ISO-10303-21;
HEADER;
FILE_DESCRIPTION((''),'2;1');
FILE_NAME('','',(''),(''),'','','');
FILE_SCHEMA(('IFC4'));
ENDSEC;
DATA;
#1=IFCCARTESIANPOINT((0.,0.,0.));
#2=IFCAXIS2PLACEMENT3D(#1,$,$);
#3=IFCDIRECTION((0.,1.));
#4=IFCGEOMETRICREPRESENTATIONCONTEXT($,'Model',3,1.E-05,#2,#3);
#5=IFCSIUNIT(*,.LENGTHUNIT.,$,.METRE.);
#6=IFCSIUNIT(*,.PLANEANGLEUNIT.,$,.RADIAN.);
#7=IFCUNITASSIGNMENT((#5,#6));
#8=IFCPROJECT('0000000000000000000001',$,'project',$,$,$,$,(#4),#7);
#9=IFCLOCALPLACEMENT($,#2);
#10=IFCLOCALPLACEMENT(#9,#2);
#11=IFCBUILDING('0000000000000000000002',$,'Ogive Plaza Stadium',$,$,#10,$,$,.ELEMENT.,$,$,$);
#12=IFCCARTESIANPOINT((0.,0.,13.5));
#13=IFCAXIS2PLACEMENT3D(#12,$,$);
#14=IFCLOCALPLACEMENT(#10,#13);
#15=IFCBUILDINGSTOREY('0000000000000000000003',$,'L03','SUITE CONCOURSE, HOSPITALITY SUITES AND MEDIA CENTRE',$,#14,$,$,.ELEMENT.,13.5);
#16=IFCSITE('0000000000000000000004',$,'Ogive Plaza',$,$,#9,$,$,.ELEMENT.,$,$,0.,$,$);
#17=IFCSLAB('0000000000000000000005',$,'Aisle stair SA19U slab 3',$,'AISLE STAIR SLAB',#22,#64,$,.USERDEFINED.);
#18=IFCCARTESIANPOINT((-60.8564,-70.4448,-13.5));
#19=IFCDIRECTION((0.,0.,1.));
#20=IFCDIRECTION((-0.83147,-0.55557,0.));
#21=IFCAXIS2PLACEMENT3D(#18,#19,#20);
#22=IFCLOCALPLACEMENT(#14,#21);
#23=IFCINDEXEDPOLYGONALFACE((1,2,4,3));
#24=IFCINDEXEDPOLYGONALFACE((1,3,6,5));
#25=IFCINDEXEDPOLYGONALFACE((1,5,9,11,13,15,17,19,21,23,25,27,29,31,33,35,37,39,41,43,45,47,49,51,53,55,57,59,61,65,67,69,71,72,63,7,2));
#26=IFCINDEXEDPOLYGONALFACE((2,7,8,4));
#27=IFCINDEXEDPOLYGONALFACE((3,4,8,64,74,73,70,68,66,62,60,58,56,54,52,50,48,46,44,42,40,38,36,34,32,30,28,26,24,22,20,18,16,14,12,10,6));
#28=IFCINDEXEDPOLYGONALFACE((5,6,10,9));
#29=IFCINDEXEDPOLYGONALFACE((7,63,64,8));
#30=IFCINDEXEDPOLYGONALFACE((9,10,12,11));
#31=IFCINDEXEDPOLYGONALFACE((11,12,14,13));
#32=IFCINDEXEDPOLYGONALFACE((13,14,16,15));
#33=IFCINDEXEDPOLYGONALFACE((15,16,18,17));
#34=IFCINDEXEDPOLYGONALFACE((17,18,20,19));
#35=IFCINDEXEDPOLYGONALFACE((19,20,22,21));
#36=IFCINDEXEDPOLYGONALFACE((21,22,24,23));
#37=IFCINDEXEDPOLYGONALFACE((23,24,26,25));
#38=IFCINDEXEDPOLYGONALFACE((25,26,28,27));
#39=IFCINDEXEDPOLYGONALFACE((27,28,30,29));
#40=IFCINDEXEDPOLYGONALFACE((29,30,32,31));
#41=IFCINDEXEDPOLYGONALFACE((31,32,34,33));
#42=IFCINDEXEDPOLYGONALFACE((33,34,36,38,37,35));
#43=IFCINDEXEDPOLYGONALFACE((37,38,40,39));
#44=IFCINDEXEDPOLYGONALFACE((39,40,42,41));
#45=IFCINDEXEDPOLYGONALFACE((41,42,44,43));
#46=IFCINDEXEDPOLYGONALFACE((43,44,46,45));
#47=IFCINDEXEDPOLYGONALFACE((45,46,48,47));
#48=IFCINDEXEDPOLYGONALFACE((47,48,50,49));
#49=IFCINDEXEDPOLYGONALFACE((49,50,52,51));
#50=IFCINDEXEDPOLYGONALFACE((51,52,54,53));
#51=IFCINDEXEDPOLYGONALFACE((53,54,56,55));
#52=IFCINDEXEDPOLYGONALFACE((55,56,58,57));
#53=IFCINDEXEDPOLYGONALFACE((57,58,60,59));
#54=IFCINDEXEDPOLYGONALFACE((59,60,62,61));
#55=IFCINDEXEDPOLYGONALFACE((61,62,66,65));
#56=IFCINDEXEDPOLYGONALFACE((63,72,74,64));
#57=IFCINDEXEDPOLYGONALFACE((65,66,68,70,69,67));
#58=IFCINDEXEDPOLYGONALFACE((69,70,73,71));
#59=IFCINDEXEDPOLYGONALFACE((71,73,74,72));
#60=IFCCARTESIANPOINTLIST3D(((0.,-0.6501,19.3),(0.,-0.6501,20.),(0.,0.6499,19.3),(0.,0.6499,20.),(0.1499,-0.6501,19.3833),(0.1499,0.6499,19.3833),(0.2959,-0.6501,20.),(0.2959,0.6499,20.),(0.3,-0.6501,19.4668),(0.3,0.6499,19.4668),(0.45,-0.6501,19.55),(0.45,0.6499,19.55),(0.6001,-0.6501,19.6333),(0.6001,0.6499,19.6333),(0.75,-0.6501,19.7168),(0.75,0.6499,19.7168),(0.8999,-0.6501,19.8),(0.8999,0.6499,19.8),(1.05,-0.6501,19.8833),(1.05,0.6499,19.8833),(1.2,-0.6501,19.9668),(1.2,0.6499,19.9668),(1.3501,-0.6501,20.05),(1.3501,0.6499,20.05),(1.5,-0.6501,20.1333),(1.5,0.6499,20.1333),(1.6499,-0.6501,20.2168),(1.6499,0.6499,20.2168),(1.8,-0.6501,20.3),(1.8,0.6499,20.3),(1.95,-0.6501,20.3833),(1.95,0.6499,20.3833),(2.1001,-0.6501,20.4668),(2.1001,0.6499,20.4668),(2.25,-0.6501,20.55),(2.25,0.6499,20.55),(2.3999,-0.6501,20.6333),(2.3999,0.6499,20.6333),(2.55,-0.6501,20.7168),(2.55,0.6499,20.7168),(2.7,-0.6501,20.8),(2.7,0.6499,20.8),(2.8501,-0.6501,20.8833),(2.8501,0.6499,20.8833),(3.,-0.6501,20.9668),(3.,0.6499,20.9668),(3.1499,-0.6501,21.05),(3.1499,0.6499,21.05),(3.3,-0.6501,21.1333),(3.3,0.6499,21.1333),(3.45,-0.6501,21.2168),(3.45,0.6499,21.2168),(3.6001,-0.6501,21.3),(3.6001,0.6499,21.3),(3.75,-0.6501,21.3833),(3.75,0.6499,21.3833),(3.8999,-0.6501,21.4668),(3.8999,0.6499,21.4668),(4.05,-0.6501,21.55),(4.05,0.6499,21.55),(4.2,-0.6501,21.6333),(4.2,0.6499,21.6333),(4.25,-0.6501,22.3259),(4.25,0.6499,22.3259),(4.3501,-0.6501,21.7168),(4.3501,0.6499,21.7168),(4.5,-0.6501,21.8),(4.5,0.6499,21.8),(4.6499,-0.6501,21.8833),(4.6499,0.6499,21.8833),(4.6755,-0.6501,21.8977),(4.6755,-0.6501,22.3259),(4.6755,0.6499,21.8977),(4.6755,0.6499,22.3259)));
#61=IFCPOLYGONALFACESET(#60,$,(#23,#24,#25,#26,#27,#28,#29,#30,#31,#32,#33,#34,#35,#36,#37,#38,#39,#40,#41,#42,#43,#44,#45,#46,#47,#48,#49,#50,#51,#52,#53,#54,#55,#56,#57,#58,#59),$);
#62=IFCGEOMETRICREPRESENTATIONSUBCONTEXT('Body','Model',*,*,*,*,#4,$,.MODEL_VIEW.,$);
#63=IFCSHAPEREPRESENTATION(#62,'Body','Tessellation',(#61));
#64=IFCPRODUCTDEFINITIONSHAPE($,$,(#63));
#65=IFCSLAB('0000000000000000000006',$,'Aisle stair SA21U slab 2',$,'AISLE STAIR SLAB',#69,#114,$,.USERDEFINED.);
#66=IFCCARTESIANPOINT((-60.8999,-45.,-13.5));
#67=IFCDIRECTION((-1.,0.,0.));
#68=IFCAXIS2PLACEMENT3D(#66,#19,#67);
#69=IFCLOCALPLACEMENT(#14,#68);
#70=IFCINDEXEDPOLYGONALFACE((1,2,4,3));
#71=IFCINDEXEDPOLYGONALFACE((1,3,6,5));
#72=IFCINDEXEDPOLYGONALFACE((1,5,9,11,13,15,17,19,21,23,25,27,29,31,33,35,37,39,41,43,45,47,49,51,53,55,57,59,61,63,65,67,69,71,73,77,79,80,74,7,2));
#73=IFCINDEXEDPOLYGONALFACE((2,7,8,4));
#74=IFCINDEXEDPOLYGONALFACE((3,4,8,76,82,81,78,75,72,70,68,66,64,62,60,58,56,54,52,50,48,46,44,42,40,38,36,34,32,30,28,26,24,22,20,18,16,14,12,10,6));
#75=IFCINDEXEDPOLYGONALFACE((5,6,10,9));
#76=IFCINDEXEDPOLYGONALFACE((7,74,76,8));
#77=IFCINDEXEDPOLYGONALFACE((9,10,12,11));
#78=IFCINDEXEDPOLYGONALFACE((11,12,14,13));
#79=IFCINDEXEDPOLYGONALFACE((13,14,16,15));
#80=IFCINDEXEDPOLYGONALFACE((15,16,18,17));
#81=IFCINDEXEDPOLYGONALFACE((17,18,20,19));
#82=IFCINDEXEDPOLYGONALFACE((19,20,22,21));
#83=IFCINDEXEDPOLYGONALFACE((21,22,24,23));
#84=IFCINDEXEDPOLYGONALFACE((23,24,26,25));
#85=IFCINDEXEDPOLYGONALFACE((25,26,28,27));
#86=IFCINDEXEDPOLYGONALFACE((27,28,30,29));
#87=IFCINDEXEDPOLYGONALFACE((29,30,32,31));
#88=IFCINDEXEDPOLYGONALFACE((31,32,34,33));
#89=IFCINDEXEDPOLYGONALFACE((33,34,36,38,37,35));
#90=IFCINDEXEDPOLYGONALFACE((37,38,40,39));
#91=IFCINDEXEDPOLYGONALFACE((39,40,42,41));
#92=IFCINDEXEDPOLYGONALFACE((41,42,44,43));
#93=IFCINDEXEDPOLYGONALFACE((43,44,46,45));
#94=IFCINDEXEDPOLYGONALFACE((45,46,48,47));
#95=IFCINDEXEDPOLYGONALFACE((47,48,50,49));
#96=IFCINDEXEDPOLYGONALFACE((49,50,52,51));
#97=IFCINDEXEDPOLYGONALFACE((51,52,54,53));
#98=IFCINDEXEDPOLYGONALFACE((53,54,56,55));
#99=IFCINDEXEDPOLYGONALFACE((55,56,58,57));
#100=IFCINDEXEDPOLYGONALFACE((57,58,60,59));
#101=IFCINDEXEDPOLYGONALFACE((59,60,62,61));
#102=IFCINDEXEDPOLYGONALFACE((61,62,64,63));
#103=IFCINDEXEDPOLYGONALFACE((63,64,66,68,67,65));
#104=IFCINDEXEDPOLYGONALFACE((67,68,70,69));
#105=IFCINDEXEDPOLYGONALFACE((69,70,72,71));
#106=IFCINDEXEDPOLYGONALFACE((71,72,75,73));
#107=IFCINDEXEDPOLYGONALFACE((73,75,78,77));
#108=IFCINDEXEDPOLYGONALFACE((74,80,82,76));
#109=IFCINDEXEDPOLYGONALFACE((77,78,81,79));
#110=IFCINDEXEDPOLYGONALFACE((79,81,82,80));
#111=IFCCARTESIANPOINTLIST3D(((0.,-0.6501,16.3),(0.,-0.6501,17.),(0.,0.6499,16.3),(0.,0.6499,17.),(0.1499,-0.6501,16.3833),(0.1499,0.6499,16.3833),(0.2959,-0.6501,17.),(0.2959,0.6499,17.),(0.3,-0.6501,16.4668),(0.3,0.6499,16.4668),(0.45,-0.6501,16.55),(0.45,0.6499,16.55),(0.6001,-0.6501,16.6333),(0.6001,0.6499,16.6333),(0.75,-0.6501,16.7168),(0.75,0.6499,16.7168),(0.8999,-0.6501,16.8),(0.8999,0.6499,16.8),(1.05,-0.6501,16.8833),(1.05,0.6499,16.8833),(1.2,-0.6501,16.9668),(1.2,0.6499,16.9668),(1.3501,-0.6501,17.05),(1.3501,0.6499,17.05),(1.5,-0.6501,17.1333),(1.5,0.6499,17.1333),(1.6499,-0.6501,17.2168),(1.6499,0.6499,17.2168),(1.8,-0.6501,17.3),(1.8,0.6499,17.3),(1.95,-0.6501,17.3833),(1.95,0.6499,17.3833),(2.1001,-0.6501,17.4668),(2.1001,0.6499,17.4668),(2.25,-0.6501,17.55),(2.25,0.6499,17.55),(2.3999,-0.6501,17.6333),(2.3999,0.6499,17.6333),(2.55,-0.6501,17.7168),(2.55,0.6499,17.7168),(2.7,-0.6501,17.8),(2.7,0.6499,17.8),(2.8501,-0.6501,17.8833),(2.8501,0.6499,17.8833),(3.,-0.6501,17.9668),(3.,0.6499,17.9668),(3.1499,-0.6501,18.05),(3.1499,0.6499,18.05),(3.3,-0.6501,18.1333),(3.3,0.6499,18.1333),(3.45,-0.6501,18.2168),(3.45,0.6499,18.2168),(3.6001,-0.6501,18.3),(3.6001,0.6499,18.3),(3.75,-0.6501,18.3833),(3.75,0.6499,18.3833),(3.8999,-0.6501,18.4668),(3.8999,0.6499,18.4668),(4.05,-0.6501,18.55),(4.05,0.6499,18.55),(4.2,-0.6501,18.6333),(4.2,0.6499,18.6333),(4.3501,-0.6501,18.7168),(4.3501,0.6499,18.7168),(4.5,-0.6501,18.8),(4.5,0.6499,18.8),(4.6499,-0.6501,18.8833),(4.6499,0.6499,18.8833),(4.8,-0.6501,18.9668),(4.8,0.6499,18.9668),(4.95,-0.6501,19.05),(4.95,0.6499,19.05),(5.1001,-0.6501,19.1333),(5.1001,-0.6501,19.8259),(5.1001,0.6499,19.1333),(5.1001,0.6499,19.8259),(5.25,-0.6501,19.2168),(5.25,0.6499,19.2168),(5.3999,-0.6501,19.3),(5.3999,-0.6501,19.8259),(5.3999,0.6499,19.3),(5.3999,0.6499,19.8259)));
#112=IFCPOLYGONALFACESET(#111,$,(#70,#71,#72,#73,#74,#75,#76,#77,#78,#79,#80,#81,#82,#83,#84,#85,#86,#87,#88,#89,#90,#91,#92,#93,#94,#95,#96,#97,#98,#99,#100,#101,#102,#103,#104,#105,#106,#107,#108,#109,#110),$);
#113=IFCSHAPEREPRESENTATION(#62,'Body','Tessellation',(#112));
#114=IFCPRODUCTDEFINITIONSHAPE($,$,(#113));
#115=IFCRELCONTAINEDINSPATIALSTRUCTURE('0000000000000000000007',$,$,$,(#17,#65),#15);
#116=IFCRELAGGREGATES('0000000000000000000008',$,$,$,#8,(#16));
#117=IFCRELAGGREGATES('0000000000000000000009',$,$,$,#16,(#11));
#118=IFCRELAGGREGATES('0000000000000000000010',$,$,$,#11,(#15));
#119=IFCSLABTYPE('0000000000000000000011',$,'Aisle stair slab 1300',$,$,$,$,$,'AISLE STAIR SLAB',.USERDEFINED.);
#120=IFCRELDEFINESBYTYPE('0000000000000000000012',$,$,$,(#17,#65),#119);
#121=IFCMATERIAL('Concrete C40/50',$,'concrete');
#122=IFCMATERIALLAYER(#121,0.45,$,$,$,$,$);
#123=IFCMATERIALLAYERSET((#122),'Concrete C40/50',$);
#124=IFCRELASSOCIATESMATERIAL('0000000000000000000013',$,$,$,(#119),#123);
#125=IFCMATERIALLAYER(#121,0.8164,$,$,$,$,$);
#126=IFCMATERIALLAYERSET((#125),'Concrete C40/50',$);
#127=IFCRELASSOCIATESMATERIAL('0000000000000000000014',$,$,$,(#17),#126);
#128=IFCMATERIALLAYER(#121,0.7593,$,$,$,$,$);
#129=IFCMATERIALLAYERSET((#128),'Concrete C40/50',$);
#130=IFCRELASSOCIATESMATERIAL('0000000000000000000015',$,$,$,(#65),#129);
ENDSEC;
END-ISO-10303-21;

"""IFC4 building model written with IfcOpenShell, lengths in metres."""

from ifc_helpers import new_model, si_unit, direction, frame, origin, place, context, subcontext, project, spatial, polyline, outline, extrude, material, layer, layer_set, type_object, element, save


model = new_model("IFC4")

# Units and contexts
model_context = context("Model", 3, precision=1e-05, world=origin(), true_north=direction((0.0, 1.0)))
body_context = subcontext(model_context, "Body", "Model", "MODEL_VIEW")
ifc_project = project(units=[si_unit("LENGTHUNIT", "METRE"), si_unit("PLANEANGLEUNIT", "RADIAN")], contexts=[model_context])

# Site, building, storey
site_placement = place(None, origin())
site = spatial("IfcSite", under=ifc_project, at=site_placement, Name="Ogive Plaza", CompositionType="ELEMENT", RefElevation=0.0)
building_placement = place(site_placement, origin())
building = spatial("IfcBuilding", under=site, at=building_placement, Name="Ogive Plaza Stadium", CompositionType="ELEMENT")
storey_placement = place(building_placement, frame((0.0, 0.0, 13.5)))
storey = spatial("IfcBuildingStorey", under=building, at=storey_placement, Name="L03", Description="SUITE CONCOURSE, HOSPITALITY SUITES AND MEDIA CENTRE", CompositionType="ELEMENT", Elevation=13.5)

# Slabs
ifc_material_1 = material(Name="Concrete C40/50", Category="concrete")
ifc_layer_1 = layer(ifc_material_1, 0.8164)
ifc_layer_set_1 = layer_set([ifc_layer_1], Name="Concrete C40/50")
ifc_layer_2 = layer(ifc_material_1, 0.45)
ifc_layer_set_2 = layer_set([ifc_layer_2], Name="Concrete C40/50")
slab_type = type_object("IfcSlabType", Name="Aisle stair slab 1300", ElementType="AISLE STAIR SLAB", PredefinedType="USERDEFINED", material=ifc_layer_set_2)
slab_1_placement = place(storey_placement, frame((-60.8564, -70.4448, -13.5), z_axis=(0.0, 0.0, 1.0), x_axis=(-0.83147, -0.55557, 0.0)))
element("IfcSlab", 1, at=slab_1_placement, inside=storey, type_object=slab_type, material=ifc_layer_set_1, Name="Aisle stair SA19U slab 3", ObjectType="AISLE STAIR SLAB", PredefinedType="USERDEFINED", context=body_context, shape_type="SweptSolid", body=[
    extrude(outline(polyline([(0.0, 20.0), (0.2959, 20.0), (4.25, 22.3259), (4.6755, 22.3259), (4.6755, 21.8977), (4.6499, 21.8833), (4.5, 21.8), (4.3501, 21.7168), (4.2, 21.6333), (4.05, 21.55), (3.8999, 21.4668), (3.75, 21.3833), (3.6001, 21.3), (3.45, 21.2168), (3.3, 21.1333), (3.1499, 21.05), (3.0, 20.9668), (2.8501, 20.8833), (2.7, 20.8), (2.55, 20.7168), (2.3999, 20.6333), (2.25, 20.55), (2.1001, 20.4668), (1.95, 20.3833), (1.8, 20.3), (1.6499, 20.2168), (1.5, 20.1333), (1.3501, 20.05), (1.2, 19.9668), (1.05, 19.8833), (0.8999, 19.8), (0.75, 19.7168), (0.6001, 19.6333), (0.45, 19.55), (0.3, 19.4668), (0.1499, 19.3833), (0.0, 19.3), (0.0, 20.0)])), frame((0.0, 0.6499, 0.0), z_axis=(0.0, -1.0, 0.0), x_axis=(1.0, 0.0, 0.0)), (0.0, 0.0, 1.0), 1.3),
])
ifc_layer_3 = layer(ifc_material_1, 0.7593)
ifc_layer_set_3 = layer_set([ifc_layer_3], Name="Concrete C40/50")
slab_2_placement = place(storey_placement, frame((-60.8999, -45.0, -13.5), z_axis=(0.0, 0.0, 1.0), x_axis=(-1.0, 0.0, 0.0)))
element("IfcSlab", 2, at=slab_2_placement, inside=storey, type_object=slab_type, material=ifc_layer_set_3, Name="Aisle stair SA21U slab 2", ObjectType="AISLE STAIR SLAB", PredefinedType="USERDEFINED", context=body_context, shape_type="SweptSolid", body=[
    extrude(outline(polyline([(0.0, 17.0), (0.2959, 17.0), (5.1001, 19.8259), (5.3999, 19.8259), (5.3999, 19.3), (5.25, 19.2168), (5.1001, 19.1333), (4.95, 19.05), (4.8, 18.9668), (4.6499, 18.8833), (4.5, 18.8), (4.3501, 18.7168), (4.2, 18.6333), (4.05, 18.55), (3.8999, 18.4668), (3.75, 18.3833), (3.6001, 18.3), (3.45, 18.2168), (3.3, 18.1333), (3.1499, 18.05), (3.0, 17.9668), (2.8501, 17.8833), (2.7, 17.8), (2.55, 17.7168), (2.3999, 17.6333), (2.25, 17.55), (2.1001, 17.4668), (1.95, 17.3833), (1.8, 17.3), (1.6499, 17.2168), (1.5, 17.1333), (1.3501, 17.05), (1.2, 16.9668), (1.05, 16.8833), (0.8999, 16.8), (0.75, 16.7168), (0.6001, 16.6333), (0.45, 16.55), (0.3, 16.4668), (0.1499, 16.3833), (0.0, 16.3), (0.0, 17.0)])), frame((0.0, 0.6499, 0.0), z_axis=(0.0, -1.0, 0.0), x_axis=(1.0, 0.0, 0.0)), (0.0, 0.0, 1.0), 1.3),
])

save(model, "model.ifc")
